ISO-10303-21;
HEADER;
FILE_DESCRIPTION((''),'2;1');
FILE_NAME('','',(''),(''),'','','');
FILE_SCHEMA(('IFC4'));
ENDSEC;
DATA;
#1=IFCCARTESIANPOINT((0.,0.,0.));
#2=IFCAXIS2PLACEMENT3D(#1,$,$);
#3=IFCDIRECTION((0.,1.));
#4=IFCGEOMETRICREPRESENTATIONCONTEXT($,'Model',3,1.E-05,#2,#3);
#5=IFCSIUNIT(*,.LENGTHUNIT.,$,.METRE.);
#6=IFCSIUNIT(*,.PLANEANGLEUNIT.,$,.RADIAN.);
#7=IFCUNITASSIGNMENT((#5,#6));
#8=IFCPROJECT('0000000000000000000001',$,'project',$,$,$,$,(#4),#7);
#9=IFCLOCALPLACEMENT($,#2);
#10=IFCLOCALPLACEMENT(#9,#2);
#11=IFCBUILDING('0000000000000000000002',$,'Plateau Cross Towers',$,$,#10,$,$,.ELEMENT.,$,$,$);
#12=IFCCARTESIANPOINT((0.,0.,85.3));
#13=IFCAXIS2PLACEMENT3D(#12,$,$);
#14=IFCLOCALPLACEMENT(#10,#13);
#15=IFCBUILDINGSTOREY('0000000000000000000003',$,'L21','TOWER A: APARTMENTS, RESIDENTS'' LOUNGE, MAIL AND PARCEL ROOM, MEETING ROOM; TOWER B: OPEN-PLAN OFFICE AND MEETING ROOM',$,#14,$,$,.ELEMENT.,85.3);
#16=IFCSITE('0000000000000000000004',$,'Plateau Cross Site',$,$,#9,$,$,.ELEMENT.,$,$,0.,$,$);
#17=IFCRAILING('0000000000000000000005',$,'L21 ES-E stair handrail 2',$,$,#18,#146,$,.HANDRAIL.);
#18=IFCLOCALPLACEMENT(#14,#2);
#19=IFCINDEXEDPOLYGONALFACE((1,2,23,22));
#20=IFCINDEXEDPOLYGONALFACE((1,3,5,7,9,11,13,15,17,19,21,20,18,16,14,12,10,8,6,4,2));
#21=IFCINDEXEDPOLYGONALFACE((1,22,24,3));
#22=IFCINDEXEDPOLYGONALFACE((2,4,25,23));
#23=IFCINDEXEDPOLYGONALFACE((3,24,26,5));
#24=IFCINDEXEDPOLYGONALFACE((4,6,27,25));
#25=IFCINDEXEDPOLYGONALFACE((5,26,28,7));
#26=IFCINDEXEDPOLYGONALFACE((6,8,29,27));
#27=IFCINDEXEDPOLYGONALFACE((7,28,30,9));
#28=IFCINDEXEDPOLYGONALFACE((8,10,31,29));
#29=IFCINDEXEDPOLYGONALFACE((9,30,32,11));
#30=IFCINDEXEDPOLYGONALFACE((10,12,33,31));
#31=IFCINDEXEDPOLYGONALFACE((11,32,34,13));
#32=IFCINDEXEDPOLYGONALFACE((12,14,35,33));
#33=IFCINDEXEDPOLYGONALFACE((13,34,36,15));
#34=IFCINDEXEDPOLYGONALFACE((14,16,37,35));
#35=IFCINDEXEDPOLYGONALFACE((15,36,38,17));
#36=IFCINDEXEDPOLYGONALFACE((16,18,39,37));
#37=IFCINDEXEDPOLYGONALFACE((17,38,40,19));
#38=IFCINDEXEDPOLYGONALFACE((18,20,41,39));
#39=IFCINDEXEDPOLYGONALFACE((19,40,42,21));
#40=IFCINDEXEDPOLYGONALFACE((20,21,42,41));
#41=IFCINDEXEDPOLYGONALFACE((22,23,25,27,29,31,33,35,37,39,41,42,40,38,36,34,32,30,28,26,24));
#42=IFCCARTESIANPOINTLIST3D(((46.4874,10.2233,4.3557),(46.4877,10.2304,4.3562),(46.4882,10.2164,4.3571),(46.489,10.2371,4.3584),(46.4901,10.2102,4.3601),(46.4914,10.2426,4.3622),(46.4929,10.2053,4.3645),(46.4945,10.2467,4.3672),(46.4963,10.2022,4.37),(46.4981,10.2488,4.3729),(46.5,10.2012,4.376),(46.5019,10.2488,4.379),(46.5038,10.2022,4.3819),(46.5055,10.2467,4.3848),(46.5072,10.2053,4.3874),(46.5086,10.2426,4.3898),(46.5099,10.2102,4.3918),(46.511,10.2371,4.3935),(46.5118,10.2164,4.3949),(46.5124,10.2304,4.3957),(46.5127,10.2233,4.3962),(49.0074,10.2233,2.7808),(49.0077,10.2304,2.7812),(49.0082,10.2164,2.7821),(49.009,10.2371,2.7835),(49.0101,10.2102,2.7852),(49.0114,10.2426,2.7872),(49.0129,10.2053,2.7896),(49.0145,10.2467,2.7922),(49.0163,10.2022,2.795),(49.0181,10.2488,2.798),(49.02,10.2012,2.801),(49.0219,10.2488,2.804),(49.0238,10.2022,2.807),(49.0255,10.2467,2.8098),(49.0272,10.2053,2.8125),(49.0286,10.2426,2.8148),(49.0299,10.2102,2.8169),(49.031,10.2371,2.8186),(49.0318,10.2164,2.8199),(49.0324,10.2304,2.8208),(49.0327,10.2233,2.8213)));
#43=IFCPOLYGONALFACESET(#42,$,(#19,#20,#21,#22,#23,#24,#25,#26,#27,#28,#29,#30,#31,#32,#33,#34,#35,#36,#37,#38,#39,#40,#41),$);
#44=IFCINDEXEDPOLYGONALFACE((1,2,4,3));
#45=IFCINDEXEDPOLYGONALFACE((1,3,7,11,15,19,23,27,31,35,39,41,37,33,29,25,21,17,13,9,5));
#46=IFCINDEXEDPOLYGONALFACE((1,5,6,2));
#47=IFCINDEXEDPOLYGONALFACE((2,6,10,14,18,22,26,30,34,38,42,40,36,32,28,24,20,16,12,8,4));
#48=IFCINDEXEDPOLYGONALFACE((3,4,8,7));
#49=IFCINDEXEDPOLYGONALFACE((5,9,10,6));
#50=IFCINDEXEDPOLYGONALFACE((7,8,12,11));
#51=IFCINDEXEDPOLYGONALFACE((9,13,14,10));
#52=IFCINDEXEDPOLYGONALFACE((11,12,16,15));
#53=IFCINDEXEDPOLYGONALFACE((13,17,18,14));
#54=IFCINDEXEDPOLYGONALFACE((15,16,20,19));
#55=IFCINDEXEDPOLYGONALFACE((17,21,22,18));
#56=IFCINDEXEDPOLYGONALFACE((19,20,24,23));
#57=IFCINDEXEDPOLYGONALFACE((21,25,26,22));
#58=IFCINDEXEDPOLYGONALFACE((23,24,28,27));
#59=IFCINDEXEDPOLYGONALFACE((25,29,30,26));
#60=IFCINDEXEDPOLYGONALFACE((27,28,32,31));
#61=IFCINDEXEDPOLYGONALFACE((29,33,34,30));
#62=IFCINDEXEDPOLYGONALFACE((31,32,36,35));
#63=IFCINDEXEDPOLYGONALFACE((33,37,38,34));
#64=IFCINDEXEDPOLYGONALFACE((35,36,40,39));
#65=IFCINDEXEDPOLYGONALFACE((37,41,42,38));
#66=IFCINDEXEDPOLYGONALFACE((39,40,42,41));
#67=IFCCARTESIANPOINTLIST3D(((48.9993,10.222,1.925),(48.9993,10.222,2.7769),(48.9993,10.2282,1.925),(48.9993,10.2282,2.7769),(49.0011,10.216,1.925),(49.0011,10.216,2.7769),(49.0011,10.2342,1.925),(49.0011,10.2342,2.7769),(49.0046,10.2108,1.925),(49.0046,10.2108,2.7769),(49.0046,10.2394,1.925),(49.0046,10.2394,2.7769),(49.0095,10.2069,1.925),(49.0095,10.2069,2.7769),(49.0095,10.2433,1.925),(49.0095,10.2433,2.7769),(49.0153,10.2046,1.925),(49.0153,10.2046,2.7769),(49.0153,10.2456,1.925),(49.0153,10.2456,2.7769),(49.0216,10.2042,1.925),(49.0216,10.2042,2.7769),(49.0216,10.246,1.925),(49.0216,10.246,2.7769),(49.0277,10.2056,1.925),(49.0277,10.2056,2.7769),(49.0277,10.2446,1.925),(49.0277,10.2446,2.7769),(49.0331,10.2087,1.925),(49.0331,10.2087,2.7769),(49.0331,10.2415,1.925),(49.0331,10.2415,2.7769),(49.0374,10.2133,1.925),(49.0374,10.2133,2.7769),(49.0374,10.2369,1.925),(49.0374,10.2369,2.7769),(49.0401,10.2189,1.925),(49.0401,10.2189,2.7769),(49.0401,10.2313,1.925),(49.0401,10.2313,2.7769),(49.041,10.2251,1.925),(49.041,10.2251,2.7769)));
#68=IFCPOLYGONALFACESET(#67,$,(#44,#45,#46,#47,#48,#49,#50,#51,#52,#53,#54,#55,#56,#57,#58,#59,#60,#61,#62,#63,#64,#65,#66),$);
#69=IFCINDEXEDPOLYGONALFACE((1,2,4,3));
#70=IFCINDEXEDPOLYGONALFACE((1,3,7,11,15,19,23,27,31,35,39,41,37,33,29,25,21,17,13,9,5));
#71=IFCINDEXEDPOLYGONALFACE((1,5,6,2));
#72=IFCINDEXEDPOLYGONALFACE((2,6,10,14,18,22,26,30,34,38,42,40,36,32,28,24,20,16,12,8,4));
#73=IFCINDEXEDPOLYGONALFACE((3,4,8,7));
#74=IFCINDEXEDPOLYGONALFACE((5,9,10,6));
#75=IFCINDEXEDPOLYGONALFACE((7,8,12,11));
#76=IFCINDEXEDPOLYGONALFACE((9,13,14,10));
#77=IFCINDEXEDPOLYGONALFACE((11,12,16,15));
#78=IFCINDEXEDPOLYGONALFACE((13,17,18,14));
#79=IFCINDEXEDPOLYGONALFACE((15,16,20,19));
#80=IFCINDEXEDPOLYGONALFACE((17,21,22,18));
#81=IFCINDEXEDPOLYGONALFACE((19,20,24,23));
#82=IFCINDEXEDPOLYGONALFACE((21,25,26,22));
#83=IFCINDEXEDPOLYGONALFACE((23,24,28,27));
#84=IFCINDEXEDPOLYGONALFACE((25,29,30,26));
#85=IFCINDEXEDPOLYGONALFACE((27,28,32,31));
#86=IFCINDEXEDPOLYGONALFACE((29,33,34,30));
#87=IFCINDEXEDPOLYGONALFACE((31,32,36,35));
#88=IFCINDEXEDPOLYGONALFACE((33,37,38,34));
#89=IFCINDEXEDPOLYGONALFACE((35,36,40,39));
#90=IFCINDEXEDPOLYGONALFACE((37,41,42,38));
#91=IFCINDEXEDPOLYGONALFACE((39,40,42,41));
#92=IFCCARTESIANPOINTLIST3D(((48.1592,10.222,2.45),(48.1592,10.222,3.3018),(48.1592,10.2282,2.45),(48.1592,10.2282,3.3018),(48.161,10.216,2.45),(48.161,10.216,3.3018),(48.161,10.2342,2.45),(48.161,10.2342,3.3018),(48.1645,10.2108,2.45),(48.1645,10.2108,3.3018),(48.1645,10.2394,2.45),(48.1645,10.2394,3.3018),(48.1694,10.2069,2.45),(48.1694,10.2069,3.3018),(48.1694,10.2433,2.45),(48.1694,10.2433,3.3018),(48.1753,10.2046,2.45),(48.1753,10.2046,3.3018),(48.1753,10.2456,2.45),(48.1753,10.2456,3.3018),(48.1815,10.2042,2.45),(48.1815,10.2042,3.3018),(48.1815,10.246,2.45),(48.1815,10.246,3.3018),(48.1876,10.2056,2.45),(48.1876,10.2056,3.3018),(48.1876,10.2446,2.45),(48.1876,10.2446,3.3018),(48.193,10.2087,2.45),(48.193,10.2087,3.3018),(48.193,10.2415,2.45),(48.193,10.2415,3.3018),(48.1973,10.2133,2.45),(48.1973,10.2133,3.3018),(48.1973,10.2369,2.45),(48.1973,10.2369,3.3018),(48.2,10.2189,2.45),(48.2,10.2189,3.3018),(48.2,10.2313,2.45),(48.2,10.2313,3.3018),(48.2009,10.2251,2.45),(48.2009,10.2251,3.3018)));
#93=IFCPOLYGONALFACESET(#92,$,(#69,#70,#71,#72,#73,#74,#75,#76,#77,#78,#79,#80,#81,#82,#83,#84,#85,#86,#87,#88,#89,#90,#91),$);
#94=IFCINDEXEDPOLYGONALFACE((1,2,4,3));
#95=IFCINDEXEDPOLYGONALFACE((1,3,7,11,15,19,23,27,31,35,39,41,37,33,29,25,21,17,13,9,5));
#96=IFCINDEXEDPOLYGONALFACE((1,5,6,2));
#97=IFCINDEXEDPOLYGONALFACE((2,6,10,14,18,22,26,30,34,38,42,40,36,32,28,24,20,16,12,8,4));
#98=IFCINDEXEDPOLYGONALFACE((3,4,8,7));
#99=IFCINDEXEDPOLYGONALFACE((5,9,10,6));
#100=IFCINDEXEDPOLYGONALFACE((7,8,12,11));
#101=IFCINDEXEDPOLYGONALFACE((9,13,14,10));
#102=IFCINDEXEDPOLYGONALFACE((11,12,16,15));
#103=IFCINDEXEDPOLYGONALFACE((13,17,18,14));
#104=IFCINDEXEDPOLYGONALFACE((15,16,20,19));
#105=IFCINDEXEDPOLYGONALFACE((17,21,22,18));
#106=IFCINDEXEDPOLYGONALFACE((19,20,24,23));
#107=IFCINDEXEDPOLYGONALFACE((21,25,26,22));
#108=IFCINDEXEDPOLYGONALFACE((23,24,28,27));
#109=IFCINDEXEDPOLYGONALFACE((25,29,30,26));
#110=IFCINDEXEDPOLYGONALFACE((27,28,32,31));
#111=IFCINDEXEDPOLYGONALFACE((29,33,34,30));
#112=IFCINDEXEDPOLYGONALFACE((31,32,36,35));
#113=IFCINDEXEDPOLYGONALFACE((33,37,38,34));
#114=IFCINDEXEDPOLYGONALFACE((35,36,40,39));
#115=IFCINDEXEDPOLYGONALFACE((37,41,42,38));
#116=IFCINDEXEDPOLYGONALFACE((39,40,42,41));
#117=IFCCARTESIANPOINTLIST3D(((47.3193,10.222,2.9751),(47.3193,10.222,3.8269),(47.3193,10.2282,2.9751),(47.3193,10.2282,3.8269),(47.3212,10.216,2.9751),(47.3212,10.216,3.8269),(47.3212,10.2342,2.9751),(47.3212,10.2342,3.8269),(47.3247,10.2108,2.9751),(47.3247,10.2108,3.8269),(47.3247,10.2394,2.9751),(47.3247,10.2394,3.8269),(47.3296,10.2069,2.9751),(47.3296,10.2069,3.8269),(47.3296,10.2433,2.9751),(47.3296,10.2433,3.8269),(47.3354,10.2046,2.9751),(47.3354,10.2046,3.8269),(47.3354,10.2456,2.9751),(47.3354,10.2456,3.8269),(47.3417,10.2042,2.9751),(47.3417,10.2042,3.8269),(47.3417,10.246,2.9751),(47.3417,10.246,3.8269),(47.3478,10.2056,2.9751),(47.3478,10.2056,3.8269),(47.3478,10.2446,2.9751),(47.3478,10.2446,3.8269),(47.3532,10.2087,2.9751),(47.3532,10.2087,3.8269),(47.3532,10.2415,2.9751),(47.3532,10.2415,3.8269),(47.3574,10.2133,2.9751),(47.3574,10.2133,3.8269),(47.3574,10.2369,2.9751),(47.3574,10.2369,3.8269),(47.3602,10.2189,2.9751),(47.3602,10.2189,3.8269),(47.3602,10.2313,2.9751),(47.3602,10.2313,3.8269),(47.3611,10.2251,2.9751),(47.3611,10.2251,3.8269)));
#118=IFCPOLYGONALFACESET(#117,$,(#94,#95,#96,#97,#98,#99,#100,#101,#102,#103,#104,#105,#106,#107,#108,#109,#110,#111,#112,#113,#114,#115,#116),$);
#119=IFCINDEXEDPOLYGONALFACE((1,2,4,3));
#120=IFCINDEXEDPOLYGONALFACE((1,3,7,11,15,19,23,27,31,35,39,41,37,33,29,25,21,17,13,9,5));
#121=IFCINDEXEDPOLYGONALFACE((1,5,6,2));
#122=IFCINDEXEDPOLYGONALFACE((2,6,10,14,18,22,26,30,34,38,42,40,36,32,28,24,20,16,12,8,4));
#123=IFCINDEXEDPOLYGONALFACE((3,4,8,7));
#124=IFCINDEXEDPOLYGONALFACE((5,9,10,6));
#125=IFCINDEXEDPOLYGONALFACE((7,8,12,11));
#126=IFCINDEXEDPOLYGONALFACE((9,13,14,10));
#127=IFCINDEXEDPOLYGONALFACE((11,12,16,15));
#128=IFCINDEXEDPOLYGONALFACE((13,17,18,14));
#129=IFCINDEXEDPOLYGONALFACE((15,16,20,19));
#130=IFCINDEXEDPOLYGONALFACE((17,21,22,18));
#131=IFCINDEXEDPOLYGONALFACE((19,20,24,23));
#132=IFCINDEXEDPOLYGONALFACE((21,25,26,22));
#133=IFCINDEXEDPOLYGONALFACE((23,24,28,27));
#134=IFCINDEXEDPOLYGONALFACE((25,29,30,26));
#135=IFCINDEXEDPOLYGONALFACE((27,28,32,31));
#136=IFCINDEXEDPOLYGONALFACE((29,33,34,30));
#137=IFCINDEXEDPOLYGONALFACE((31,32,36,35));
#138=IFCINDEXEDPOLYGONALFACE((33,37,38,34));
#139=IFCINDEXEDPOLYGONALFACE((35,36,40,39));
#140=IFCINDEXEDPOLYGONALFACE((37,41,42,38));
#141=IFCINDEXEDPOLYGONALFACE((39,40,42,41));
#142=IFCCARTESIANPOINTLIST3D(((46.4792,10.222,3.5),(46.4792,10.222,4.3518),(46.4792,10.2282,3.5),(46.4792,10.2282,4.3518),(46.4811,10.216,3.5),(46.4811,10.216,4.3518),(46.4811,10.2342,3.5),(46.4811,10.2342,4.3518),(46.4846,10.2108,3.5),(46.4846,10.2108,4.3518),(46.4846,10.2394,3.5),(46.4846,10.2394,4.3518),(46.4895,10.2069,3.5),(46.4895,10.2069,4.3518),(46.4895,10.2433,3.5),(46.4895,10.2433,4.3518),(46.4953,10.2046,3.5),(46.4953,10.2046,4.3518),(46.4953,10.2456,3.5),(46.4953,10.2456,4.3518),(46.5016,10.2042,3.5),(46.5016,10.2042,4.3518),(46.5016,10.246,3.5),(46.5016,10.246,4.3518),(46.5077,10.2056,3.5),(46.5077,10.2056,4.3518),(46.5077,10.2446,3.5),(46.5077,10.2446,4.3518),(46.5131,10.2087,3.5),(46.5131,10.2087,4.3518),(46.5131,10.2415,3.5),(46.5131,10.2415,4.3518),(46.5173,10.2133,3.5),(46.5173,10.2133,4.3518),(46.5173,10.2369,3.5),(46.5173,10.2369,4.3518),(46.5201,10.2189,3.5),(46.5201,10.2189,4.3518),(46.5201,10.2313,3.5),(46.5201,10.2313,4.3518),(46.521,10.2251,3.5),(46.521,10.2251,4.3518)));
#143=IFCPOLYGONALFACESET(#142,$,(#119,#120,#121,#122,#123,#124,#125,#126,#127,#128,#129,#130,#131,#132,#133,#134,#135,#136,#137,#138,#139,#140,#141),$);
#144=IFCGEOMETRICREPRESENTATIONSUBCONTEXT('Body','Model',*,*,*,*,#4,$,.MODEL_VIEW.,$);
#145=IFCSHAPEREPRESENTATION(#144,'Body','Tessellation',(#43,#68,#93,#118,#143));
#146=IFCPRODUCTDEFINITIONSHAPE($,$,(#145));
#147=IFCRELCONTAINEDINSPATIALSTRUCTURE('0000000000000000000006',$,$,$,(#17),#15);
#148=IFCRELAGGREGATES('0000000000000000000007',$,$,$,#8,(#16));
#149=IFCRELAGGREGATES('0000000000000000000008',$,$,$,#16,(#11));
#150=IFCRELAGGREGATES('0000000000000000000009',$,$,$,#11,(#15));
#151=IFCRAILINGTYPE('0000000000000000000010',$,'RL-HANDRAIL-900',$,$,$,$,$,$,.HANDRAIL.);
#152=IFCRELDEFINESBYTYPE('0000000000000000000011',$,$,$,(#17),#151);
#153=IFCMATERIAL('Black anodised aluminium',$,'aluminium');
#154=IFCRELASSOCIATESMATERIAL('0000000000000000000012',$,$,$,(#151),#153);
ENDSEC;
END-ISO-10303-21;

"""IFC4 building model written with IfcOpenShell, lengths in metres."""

from ifc_helpers import new_model, si_unit, direction, frame, origin, origin_2d, place, context, subcontext, project, spatial, circle, extrude, material, type_object, element, save


model = new_model("IFC4")

# Units and contexts
model_context = context("Model", 3, precision=1e-05, world=origin(), true_north=direction((0.0, 1.0)))
body_context = subcontext(model_context, "Body", "Model", "MODEL_VIEW")
ifc_project = project(units=[si_unit("LENGTHUNIT", "METRE"), si_unit("PLANEANGLEUNIT", "RADIAN")], contexts=[model_context])

# Site, building, storey
site_placement = place(None, origin())
site = spatial("IfcSite", under=ifc_project, at=site_placement, Name="Plateau Cross Site", CompositionType="ELEMENT", RefElevation=0.0)
building_placement = place(site_placement, origin())
building = spatial("IfcBuilding", under=site, at=building_placement, Name="Plateau Cross Towers", CompositionType="ELEMENT")
storey_placement = place(building_placement, frame((0.0, 0.0, 85.3)))
storey = spatial("IfcBuildingStorey", under=building, at=storey_placement, Name="L21", Description="TOWER A: APARTMENTS, RESIDENTS' LOUNGE, MAIL AND PARCEL ROOM, MEETING ROOM; TOWER B: OPEN-PLAN OFFICE AND MEETING ROOM", CompositionType="ELEMENT", Elevation=85.3)

# Shared definitions
ifc_material_1 = material(Name="Black anodised aluminium", Category="aluminium")

# Railing
railing_type_1 = type_object("IfcRailingType", Name="RL-HANDRAIL-900", PredefinedType="HANDRAIL", material=ifc_material_1)
railing_1_placement = place(storey_placement, frame((49.02, 10.2251, 1.925)))
element("IfcRailing", 1, at=railing_1_placement, inside=storey, type_object=railing_type_1, Name="L21 ES-E stair handrail 2", PredefinedType="HANDRAIL", context=body_context, shape_type="SweptSolid", body=[
    extrude(circle(Radius=0.0239, at=origin_2d()), frame((0.0, 0.0, 0.876), z_axis=(-0.848008, 0.0, 0.529984), x_axis=(0.0, -1.0, 0.0)), (0.0, 0.0, 1.0), 2.9717),
    extrude(circle(Radius=0.021, at=origin_2d()), origin(), (0.0, 0.0, 1.0), 0.8518),
    extrude(circle(Radius=0.021, at=origin_2d()), frame((-0.8401, 0.0, 0.5249)), (0.0, 0.0, 1.0), 0.8518),
    extrude(circle(Radius=0.021, at=origin_2d()), frame((-1.6799, 0.0, 1.05)), (0.0, 0.0, 1.0), 0.8518),
    extrude(circle(Radius=0.021, at=origin_2d()), frame((-2.52, 0.0, 1.575)), (0.0, 0.0, 1.0), 0.8518),
])

save(model, "model.ifc")
